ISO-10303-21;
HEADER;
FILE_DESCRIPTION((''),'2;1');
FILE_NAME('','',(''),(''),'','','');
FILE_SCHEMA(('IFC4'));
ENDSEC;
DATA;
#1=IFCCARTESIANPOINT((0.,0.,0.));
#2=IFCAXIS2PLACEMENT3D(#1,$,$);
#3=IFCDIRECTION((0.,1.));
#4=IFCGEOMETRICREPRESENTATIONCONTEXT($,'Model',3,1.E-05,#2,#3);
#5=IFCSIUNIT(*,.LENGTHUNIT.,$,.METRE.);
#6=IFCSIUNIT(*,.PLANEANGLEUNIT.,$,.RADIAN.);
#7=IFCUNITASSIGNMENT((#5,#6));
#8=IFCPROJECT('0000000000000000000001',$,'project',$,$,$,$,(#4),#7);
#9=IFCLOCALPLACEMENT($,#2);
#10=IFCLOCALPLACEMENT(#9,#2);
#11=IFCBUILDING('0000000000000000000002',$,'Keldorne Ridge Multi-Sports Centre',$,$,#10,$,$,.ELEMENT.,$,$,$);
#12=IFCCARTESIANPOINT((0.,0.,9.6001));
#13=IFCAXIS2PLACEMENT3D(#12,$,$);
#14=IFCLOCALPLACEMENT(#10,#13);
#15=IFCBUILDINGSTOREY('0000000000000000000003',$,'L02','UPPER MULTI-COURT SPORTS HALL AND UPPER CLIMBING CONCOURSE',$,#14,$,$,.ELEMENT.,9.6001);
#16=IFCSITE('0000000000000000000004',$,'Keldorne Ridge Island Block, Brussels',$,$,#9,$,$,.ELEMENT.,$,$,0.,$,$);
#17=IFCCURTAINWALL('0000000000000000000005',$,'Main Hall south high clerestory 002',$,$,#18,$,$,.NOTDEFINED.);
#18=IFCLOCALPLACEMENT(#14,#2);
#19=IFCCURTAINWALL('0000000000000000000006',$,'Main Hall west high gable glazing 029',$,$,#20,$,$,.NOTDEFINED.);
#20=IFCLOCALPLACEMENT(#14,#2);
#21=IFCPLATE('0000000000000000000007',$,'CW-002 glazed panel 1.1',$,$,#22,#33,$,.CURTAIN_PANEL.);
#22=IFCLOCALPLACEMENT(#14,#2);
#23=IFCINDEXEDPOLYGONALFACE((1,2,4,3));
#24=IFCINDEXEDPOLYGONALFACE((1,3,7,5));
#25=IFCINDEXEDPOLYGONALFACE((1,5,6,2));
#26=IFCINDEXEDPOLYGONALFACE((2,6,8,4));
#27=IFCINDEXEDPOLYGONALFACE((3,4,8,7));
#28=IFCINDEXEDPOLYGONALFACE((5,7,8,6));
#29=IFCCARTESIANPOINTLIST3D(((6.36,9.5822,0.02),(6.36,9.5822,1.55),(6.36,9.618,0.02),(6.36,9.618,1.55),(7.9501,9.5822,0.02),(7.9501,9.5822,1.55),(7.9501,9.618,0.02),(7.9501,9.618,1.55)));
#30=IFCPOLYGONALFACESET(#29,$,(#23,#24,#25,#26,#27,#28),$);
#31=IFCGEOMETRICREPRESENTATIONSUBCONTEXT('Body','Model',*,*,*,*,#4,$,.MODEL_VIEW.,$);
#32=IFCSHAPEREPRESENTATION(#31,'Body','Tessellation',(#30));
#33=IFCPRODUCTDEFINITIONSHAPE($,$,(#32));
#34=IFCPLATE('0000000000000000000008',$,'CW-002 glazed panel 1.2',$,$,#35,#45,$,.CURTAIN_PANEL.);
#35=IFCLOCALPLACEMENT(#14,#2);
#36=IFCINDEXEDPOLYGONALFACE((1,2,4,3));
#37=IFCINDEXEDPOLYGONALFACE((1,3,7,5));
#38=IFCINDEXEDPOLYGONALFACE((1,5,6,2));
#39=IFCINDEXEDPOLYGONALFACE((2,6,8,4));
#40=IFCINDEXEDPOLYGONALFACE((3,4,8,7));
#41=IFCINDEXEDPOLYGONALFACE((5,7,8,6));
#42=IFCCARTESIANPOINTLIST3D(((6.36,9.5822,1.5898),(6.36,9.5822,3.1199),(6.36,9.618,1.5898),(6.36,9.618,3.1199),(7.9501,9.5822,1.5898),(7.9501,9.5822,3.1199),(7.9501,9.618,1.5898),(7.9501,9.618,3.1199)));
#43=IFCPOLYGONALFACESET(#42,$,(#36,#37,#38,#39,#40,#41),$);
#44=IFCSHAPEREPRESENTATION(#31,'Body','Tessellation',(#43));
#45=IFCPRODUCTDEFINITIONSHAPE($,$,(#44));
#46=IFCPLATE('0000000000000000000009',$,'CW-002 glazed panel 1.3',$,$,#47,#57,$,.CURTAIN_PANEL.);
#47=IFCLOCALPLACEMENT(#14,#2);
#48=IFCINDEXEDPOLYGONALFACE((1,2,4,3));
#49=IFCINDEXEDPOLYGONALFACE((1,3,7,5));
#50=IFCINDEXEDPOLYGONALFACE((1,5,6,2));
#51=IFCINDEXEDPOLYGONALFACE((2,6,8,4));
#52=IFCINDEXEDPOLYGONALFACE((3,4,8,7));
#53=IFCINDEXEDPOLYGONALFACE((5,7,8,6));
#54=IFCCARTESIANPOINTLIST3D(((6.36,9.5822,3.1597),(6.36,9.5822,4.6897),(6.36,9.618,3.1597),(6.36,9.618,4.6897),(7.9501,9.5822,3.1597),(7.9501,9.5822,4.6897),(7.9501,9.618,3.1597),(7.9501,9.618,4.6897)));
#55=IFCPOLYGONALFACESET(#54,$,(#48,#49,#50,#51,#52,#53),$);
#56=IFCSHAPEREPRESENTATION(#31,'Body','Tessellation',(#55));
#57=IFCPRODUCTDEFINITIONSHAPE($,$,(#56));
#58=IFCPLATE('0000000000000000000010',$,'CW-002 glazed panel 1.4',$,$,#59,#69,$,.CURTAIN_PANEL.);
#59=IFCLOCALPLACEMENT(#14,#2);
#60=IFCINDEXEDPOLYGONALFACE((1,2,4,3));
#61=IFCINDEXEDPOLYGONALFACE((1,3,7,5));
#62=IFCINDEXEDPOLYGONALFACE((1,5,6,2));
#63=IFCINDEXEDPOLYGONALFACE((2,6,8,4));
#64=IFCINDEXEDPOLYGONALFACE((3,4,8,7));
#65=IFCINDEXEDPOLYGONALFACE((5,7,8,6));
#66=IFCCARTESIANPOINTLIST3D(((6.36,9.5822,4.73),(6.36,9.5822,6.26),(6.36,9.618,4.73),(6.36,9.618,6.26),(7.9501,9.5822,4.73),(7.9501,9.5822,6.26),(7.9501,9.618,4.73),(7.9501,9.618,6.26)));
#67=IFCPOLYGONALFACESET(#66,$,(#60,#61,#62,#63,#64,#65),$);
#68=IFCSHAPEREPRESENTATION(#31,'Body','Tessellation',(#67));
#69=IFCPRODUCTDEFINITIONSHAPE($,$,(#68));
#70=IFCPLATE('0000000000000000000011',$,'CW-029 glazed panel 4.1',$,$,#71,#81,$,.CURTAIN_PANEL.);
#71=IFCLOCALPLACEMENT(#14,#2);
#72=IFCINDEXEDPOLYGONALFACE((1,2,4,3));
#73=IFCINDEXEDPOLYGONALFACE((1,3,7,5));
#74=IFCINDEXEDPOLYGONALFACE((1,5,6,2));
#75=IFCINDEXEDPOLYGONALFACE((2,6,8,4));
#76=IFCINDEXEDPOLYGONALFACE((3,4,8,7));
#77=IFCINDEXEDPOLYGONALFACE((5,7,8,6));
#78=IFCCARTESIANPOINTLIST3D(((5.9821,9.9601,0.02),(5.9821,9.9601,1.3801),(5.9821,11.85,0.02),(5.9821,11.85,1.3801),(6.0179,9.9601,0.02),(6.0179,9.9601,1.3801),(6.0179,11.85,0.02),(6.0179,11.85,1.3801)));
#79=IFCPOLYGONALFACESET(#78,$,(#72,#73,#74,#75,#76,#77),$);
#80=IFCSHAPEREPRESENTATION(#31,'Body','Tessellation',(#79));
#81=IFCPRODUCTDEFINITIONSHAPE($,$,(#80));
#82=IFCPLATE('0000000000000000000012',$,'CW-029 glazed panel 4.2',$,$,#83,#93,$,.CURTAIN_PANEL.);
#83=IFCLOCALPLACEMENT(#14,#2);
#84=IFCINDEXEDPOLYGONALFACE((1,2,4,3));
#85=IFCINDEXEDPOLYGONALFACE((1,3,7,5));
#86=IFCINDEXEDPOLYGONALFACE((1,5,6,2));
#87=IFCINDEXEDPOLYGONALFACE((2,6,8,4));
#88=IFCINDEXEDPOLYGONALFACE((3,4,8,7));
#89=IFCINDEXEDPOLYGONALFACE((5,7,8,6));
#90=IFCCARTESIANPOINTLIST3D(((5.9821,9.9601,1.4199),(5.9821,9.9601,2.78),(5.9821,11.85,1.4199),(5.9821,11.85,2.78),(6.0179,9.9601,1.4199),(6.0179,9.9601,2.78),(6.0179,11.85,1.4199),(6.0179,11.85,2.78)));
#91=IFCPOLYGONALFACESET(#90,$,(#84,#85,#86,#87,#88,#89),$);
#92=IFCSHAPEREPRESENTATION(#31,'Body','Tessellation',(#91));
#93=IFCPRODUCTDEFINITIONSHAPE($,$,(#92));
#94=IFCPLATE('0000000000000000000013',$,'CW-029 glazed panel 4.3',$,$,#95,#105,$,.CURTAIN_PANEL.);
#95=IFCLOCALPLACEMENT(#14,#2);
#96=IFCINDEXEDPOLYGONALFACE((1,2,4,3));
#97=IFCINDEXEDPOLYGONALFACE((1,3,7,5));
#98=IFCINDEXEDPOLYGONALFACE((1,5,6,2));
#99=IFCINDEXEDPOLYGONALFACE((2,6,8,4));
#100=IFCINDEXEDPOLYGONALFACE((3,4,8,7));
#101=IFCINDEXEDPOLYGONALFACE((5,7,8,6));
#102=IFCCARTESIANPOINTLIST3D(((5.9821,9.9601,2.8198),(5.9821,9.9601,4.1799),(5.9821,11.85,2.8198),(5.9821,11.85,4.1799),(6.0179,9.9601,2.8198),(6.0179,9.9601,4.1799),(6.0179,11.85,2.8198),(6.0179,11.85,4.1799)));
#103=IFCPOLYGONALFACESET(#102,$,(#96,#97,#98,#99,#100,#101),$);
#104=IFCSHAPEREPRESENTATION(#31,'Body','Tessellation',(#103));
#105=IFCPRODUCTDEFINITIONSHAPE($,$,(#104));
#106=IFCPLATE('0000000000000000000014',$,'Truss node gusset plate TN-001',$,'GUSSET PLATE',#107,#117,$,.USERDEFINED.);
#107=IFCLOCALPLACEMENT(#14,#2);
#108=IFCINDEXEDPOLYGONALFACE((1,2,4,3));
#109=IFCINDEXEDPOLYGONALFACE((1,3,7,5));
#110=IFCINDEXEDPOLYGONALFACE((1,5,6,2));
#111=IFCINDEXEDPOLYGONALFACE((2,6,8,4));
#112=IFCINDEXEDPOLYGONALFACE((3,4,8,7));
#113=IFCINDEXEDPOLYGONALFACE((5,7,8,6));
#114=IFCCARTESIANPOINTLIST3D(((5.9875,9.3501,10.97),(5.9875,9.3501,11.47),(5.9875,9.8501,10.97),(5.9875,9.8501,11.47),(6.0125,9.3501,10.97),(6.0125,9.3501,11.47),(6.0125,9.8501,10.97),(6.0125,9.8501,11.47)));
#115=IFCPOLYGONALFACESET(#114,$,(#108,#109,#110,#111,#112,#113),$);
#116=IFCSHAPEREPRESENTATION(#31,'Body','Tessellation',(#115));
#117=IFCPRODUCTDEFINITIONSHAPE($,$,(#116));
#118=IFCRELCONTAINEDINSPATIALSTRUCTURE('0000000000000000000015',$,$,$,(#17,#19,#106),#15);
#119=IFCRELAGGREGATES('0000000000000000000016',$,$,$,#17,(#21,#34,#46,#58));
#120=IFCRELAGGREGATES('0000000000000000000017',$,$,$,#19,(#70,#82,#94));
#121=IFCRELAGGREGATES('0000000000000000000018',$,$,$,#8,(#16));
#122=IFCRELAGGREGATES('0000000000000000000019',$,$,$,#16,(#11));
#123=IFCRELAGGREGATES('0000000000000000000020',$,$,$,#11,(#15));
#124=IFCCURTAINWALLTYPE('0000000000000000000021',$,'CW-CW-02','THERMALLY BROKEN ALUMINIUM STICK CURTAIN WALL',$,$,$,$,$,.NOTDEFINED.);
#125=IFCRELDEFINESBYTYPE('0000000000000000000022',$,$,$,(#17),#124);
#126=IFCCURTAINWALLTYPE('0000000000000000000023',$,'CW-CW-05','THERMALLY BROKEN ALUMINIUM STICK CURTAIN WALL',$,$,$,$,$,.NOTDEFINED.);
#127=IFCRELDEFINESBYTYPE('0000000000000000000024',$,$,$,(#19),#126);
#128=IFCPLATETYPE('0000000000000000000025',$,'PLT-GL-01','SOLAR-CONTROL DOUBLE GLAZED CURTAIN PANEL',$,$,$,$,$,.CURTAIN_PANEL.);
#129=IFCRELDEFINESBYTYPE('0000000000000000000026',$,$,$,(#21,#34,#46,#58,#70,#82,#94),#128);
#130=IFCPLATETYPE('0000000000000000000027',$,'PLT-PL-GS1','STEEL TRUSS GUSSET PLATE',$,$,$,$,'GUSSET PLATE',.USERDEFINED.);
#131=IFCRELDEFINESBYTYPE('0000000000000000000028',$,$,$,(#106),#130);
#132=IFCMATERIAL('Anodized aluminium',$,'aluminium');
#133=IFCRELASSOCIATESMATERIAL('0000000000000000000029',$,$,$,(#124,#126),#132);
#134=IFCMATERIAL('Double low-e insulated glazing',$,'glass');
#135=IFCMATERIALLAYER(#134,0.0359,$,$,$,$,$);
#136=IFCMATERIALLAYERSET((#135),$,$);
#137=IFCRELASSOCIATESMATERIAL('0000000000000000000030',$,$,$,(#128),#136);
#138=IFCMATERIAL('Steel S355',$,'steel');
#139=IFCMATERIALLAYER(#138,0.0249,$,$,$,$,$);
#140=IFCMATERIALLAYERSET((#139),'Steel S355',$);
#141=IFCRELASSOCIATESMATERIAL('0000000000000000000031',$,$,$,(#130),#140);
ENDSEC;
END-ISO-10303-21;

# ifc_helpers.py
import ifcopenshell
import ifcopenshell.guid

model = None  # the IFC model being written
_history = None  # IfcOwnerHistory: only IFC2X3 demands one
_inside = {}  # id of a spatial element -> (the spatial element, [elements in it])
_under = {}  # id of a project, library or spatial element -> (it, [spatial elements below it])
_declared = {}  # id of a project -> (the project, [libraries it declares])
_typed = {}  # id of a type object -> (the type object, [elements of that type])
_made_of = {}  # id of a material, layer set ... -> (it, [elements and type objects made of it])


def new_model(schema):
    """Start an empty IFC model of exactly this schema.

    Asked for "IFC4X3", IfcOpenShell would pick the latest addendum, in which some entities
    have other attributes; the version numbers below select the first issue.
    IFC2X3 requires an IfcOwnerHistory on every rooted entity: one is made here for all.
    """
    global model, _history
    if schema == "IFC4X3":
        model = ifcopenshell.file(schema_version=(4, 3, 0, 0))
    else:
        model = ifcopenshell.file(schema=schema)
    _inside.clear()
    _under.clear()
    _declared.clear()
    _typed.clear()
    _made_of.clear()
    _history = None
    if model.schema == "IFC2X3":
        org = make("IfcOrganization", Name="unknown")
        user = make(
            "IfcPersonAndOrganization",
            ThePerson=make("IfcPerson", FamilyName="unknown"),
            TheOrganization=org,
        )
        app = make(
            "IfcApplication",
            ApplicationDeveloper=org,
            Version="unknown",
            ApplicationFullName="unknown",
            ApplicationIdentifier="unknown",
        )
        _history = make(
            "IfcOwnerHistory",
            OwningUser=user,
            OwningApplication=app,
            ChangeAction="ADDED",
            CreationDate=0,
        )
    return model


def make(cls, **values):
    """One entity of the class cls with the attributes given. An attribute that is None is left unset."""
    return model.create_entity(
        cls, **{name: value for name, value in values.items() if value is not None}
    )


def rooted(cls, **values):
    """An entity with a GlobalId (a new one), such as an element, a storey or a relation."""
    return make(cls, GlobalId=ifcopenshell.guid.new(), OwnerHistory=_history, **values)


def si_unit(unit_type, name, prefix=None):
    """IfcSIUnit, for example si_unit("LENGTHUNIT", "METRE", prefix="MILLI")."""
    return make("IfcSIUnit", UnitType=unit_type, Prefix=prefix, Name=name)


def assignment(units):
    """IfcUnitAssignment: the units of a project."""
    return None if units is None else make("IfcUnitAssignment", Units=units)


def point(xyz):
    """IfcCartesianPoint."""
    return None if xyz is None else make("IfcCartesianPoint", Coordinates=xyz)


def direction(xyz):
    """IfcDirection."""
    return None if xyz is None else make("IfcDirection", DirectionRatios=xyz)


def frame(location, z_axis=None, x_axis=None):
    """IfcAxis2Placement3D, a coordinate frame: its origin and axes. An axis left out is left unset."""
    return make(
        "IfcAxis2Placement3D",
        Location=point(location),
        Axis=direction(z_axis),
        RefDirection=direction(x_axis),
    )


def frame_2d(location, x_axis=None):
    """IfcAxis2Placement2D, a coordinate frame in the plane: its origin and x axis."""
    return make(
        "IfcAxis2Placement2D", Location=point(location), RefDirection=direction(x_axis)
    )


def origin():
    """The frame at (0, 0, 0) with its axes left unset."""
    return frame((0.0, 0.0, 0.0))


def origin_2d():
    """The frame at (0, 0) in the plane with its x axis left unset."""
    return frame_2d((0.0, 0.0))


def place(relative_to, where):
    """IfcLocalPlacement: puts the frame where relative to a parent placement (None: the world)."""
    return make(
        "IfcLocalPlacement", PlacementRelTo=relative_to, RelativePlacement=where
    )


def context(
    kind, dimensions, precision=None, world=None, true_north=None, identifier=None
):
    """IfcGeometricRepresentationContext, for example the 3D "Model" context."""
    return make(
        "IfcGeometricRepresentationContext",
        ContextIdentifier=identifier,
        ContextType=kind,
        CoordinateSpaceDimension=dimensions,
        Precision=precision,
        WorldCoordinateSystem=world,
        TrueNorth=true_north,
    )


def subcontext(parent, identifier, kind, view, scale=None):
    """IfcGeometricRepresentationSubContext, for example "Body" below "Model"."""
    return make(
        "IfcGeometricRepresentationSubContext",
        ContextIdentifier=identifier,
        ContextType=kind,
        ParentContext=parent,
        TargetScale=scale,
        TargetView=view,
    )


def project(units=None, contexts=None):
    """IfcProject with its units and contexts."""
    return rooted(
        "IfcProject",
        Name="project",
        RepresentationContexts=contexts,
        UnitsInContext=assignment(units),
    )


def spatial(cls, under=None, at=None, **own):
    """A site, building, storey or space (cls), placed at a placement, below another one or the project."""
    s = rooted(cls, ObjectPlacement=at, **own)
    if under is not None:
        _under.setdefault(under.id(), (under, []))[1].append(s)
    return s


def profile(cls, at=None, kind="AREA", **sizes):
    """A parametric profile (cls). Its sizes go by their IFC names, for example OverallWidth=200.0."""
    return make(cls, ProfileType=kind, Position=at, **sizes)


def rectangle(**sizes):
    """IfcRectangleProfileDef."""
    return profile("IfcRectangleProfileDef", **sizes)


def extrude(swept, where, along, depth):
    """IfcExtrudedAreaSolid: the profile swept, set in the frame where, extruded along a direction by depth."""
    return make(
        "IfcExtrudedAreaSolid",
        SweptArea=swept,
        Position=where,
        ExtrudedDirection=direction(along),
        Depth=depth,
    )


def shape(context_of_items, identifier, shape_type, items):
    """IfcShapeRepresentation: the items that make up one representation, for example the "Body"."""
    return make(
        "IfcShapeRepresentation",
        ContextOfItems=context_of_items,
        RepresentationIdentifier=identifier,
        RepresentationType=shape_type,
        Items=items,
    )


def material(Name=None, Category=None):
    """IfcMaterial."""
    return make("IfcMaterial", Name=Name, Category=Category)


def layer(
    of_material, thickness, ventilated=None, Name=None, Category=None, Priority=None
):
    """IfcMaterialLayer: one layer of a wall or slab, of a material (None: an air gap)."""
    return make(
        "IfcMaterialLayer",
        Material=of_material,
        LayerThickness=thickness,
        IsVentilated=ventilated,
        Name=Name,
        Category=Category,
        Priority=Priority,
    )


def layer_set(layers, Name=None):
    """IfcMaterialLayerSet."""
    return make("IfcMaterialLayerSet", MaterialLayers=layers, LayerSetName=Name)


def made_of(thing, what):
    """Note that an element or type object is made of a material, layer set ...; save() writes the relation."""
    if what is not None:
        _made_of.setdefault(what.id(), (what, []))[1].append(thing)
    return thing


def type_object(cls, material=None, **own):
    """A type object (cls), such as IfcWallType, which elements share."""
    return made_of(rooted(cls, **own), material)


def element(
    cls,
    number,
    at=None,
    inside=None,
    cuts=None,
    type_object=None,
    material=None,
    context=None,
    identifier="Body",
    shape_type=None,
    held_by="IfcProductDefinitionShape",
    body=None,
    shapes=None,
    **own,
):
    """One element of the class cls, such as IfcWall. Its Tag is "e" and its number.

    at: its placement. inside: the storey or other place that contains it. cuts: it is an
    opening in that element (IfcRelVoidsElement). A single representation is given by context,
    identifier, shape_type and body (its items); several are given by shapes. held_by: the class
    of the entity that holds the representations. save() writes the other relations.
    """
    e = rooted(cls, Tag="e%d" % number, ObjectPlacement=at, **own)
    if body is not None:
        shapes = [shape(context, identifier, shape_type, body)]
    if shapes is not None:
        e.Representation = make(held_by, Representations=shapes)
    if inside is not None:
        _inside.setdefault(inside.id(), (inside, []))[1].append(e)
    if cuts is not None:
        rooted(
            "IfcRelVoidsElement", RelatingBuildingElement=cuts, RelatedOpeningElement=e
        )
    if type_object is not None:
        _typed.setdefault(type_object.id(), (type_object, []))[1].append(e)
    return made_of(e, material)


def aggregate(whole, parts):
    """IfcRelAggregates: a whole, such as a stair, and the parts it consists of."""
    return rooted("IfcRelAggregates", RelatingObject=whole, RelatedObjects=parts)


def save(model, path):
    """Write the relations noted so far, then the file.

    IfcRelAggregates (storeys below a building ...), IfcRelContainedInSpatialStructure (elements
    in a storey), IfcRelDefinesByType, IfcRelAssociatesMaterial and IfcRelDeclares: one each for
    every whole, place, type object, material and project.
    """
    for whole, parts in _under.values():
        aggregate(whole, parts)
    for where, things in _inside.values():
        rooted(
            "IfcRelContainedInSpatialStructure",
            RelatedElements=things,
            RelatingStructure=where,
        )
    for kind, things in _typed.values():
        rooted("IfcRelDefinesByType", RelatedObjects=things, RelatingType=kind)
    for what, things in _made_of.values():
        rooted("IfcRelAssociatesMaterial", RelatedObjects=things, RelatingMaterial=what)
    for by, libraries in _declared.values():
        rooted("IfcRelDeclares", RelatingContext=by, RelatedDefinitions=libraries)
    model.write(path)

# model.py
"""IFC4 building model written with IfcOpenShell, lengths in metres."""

from ifc_helpers import new_model, si_unit, direction, frame, origin, origin_2d, place, context, subcontext, project, spatial, rectangle, extrude, material, layer, layer_set, type_object, element, aggregate, save


model = new_model("IFC4")

# Units and contexts
model_context = context("Model", 3, precision=1e-05, world=origin(), true_north=direction((0.0, 1.0)))
body_context = subcontext(model_context, "Body", "Model", "MODEL_VIEW")
ifc_project = project(units=[si_unit("LENGTHUNIT", "METRE"), si_unit("PLANEANGLEUNIT", "RADIAN")], contexts=[model_context])

# Site, building, storey
site_placement = place(None, origin())
site = spatial("IfcSite", under=ifc_project, at=site_placement, Name="Keldorne Ridge Island Block, Brussels", CompositionType="ELEMENT", RefElevation=0.0)
building_placement = place(site_placement, origin())
building = spatial("IfcBuilding", under=site, at=building_placement, Name="Keldorne Ridge Multi-Sports Centre", CompositionType="ELEMENT")
storey_placement = place(building_placement, frame((0.0, 0.0, 9.6001)))
storey = spatial("IfcBuildingStorey", under=building, at=storey_placement, Name="L02", Description="UPPER MULTI-COURT SPORTS HALL AND UPPER CLIMBING CONCOURSE", CompositionType="ELEMENT", Elevation=9.6001)

# Shared definitions
ifc_material_1 = material(Name="Steel S355", Category="steel")

# Curtain wall
ifc_material_2 = material(Name="Anodized aluminium", Category="aluminium")
curtain_wall_type_1 = type_object("IfcCurtainWallType", Name="CW-CW-02", Description="THERMALLY BROKEN ALUMINIUM STICK CURTAIN WALL", PredefinedType="NOTDEFINED", material=ifc_material_2)
curtain_wall_1_placement = place(storey_placement, origin())
curtain_wall_1 = element("IfcCurtainWall", 1, at=curtain_wall_1_placement, inside=storey, type_object=curtain_wall_type_1, Name="Main Hall south high clerestory 002", PredefinedType="NOTDEFINED")

# Curtain wall
curtain_wall_type_2 = type_object("IfcCurtainWallType", Name="CW-CW-05", Description="THERMALLY BROKEN ALUMINIUM STICK CURTAIN WALL", PredefinedType="NOTDEFINED", material=ifc_material_2)
curtain_wall_2_placement = place(storey_placement, origin())
curtain_wall_2 = element("IfcCurtainWall", 2, at=curtain_wall_2_placement, inside=storey, type_object=curtain_wall_type_2, Name="Main Hall west high gable glazing 029", PredefinedType="NOTDEFINED")

# Plates
ifc_material_3 = material(Name="Double low-e insulated glazing", Category="glass")
ifc_layer_1 = layer(ifc_material_3, 0.0359)
ifc_layer_set_1 = layer_set([ifc_layer_1])
plate_type_1 = type_object("IfcPlateType", Name="PLT-GL-01", Description="SOLAR-CONTROL DOUBLE GLAZED CURTAIN PANEL", PredefinedType="CURTAIN_PANEL", material=ifc_layer_set_1)
plate_1_placement = place(storey_placement, frame((7.155, 9.6001, 0.02), z_axis=(0.0, 0.0, 1.0), x_axis=(1.0, 0.0, 0.0)))
plate_1 = element("IfcPlate", 3, at=plate_1_placement, type_object=plate_type_1, Name="CW-002 glazed panel 1.1", PredefinedType="CURTAIN_PANEL", context=body_context, shape_type="SweptSolid", body=[
    extrude(rectangle(XDim=1.5901, YDim=0.0359, at=origin_2d()), origin(), (0.0, 0.0, 1.0), 1.53),
])
plate_2_placement = place(storey_placement, frame((7.155, 9.6001, 1.5898), z_axis=(0.0, 0.0, 1.0), x_axis=(1.0, 0.0, 0.0)))
plate_2 = element("IfcPlate", 4, at=plate_2_placement, type_object=plate_type_1, Name="CW-002 glazed panel 1.2", PredefinedType="CURTAIN_PANEL", context=body_context, shape_type="SweptSolid", body=[
    extrude(rectangle(XDim=1.5901, YDim=0.0359, at=origin_2d()), origin(), (0.0, 0.0, 1.0), 1.53),
])
plate_3_placement = place(storey_placement, frame((7.155, 9.6001, 3.1597), z_axis=(0.0, 0.0, 1.0), x_axis=(1.0, 0.0, 0.0)))
plate_3 = element("IfcPlate", 5, at=plate_3_placement, type_object=plate_type_1, Name="CW-002 glazed panel 1.3", PredefinedType="CURTAIN_PANEL", context=body_context, shape_type="SweptSolid", body=[
    extrude(rectangle(XDim=1.5901, YDim=0.0359, at=origin_2d()), origin(), (0.0, 0.0, 1.0), 1.53),
])
plate_4_placement = place(storey_placement, frame((7.155, 9.6001, 4.73), z_axis=(0.0, 0.0, 1.0), x_axis=(1.0, 0.0, 0.0)))
plate_4 = element("IfcPlate", 6, at=plate_4_placement, type_object=plate_type_1, Name="CW-002 glazed panel 1.4", PredefinedType="CURTAIN_PANEL", context=body_context, shape_type="SweptSolid", body=[
    extrude(rectangle(XDim=1.5901, YDim=0.0359, at=origin_2d()), origin(), (0.0, 0.0, 1.0), 1.53),
])
aggregate(curtain_wall_1, [plate_1, plate_2, plate_3, plate_4])
plate_5_placement = place(storey_placement, frame((6.0, 10.905, 0.02), z_axis=(0.0, 0.0, 1.0), x_axis=(0.0, -1.0, 0.0)))
plate_5 = element("IfcPlate", 7, at=plate_5_placement, type_object=plate_type_1, Name="CW-029 glazed panel 4.1", PredefinedType="CURTAIN_PANEL", context=body_context, shape_type="SweptSolid", body=[
    extrude(rectangle(XDim=1.8899, YDim=0.0359, at=origin_2d()), origin(), (0.0, 0.0, 1.0), 1.3601),
])
plate_6_placement = place(storey_placement, frame((6.0, 10.905, 1.4199), z_axis=(0.0, 0.0, 1.0), x_axis=(0.0, -1.0, 0.0)))
plate_6 = element("IfcPlate", 8, at=plate_6_placement, type_object=plate_type_1, Name="CW-029 glazed panel 4.2", PredefinedType="CURTAIN_PANEL", context=body_context, shape_type="SweptSolid", body=[
    extrude(rectangle(XDim=1.8899, YDim=0.0359, at=origin_2d()), origin(), (0.0, 0.0, 1.0), 1.3601),
])
plate_7_placement = place(storey_placement, frame((6.0, 10.905, 2.8198), z_axis=(0.0, 0.0, 1.0), x_axis=(0.0, -1.0, 0.0)))
plate_7 = element("IfcPlate", 9, at=plate_7_placement, type_object=plate_type_1, Name="CW-029 glazed panel 4.3", PredefinedType="CURTAIN_PANEL", context=body_context, shape_type="SweptSolid", body=[
    extrude(rectangle(XDim=1.8899, YDim=0.0359, at=origin_2d()), origin(), (0.0, 0.0, 1.0), 1.3601),
])
aggregate(curtain_wall_2, [plate_5, plate_6, plate_7])
ifc_layer_2 = layer(ifc_material_1, 0.0249)
ifc_layer_set_2 = layer_set([ifc_layer_2], Name="Steel S355")
plate_type_2 = type_object("IfcPlateType", Name="PLT-PL-GS1", Description="STEEL TRUSS GUSSET PLATE", ElementType="GUSSET PLATE", PredefinedType="USERDEFINED", material=ifc_layer_set_2)
plate_8_placement = place(storey_placement, frame((6.0, 9.6001, 10.97), z_axis=(0.0, 0.0, 1.0), x_axis=(1.0, 0.0, 0.0)))
element("IfcPlate", 10, at=plate_8_placement, inside=storey, type_object=plate_type_2, Name="Truss node gusset plate TN-001", ObjectType="GUSSET PLATE", PredefinedType="USERDEFINED", context=body_context, shape_type="SweptSolid", body=[
    extrude(rectangle(XDim=0.0249, YDim=0.5, at=origin_2d()), origin(), (0.0, 0.0, 1.0), 0.5),
])

save(model, "model.ifc")
